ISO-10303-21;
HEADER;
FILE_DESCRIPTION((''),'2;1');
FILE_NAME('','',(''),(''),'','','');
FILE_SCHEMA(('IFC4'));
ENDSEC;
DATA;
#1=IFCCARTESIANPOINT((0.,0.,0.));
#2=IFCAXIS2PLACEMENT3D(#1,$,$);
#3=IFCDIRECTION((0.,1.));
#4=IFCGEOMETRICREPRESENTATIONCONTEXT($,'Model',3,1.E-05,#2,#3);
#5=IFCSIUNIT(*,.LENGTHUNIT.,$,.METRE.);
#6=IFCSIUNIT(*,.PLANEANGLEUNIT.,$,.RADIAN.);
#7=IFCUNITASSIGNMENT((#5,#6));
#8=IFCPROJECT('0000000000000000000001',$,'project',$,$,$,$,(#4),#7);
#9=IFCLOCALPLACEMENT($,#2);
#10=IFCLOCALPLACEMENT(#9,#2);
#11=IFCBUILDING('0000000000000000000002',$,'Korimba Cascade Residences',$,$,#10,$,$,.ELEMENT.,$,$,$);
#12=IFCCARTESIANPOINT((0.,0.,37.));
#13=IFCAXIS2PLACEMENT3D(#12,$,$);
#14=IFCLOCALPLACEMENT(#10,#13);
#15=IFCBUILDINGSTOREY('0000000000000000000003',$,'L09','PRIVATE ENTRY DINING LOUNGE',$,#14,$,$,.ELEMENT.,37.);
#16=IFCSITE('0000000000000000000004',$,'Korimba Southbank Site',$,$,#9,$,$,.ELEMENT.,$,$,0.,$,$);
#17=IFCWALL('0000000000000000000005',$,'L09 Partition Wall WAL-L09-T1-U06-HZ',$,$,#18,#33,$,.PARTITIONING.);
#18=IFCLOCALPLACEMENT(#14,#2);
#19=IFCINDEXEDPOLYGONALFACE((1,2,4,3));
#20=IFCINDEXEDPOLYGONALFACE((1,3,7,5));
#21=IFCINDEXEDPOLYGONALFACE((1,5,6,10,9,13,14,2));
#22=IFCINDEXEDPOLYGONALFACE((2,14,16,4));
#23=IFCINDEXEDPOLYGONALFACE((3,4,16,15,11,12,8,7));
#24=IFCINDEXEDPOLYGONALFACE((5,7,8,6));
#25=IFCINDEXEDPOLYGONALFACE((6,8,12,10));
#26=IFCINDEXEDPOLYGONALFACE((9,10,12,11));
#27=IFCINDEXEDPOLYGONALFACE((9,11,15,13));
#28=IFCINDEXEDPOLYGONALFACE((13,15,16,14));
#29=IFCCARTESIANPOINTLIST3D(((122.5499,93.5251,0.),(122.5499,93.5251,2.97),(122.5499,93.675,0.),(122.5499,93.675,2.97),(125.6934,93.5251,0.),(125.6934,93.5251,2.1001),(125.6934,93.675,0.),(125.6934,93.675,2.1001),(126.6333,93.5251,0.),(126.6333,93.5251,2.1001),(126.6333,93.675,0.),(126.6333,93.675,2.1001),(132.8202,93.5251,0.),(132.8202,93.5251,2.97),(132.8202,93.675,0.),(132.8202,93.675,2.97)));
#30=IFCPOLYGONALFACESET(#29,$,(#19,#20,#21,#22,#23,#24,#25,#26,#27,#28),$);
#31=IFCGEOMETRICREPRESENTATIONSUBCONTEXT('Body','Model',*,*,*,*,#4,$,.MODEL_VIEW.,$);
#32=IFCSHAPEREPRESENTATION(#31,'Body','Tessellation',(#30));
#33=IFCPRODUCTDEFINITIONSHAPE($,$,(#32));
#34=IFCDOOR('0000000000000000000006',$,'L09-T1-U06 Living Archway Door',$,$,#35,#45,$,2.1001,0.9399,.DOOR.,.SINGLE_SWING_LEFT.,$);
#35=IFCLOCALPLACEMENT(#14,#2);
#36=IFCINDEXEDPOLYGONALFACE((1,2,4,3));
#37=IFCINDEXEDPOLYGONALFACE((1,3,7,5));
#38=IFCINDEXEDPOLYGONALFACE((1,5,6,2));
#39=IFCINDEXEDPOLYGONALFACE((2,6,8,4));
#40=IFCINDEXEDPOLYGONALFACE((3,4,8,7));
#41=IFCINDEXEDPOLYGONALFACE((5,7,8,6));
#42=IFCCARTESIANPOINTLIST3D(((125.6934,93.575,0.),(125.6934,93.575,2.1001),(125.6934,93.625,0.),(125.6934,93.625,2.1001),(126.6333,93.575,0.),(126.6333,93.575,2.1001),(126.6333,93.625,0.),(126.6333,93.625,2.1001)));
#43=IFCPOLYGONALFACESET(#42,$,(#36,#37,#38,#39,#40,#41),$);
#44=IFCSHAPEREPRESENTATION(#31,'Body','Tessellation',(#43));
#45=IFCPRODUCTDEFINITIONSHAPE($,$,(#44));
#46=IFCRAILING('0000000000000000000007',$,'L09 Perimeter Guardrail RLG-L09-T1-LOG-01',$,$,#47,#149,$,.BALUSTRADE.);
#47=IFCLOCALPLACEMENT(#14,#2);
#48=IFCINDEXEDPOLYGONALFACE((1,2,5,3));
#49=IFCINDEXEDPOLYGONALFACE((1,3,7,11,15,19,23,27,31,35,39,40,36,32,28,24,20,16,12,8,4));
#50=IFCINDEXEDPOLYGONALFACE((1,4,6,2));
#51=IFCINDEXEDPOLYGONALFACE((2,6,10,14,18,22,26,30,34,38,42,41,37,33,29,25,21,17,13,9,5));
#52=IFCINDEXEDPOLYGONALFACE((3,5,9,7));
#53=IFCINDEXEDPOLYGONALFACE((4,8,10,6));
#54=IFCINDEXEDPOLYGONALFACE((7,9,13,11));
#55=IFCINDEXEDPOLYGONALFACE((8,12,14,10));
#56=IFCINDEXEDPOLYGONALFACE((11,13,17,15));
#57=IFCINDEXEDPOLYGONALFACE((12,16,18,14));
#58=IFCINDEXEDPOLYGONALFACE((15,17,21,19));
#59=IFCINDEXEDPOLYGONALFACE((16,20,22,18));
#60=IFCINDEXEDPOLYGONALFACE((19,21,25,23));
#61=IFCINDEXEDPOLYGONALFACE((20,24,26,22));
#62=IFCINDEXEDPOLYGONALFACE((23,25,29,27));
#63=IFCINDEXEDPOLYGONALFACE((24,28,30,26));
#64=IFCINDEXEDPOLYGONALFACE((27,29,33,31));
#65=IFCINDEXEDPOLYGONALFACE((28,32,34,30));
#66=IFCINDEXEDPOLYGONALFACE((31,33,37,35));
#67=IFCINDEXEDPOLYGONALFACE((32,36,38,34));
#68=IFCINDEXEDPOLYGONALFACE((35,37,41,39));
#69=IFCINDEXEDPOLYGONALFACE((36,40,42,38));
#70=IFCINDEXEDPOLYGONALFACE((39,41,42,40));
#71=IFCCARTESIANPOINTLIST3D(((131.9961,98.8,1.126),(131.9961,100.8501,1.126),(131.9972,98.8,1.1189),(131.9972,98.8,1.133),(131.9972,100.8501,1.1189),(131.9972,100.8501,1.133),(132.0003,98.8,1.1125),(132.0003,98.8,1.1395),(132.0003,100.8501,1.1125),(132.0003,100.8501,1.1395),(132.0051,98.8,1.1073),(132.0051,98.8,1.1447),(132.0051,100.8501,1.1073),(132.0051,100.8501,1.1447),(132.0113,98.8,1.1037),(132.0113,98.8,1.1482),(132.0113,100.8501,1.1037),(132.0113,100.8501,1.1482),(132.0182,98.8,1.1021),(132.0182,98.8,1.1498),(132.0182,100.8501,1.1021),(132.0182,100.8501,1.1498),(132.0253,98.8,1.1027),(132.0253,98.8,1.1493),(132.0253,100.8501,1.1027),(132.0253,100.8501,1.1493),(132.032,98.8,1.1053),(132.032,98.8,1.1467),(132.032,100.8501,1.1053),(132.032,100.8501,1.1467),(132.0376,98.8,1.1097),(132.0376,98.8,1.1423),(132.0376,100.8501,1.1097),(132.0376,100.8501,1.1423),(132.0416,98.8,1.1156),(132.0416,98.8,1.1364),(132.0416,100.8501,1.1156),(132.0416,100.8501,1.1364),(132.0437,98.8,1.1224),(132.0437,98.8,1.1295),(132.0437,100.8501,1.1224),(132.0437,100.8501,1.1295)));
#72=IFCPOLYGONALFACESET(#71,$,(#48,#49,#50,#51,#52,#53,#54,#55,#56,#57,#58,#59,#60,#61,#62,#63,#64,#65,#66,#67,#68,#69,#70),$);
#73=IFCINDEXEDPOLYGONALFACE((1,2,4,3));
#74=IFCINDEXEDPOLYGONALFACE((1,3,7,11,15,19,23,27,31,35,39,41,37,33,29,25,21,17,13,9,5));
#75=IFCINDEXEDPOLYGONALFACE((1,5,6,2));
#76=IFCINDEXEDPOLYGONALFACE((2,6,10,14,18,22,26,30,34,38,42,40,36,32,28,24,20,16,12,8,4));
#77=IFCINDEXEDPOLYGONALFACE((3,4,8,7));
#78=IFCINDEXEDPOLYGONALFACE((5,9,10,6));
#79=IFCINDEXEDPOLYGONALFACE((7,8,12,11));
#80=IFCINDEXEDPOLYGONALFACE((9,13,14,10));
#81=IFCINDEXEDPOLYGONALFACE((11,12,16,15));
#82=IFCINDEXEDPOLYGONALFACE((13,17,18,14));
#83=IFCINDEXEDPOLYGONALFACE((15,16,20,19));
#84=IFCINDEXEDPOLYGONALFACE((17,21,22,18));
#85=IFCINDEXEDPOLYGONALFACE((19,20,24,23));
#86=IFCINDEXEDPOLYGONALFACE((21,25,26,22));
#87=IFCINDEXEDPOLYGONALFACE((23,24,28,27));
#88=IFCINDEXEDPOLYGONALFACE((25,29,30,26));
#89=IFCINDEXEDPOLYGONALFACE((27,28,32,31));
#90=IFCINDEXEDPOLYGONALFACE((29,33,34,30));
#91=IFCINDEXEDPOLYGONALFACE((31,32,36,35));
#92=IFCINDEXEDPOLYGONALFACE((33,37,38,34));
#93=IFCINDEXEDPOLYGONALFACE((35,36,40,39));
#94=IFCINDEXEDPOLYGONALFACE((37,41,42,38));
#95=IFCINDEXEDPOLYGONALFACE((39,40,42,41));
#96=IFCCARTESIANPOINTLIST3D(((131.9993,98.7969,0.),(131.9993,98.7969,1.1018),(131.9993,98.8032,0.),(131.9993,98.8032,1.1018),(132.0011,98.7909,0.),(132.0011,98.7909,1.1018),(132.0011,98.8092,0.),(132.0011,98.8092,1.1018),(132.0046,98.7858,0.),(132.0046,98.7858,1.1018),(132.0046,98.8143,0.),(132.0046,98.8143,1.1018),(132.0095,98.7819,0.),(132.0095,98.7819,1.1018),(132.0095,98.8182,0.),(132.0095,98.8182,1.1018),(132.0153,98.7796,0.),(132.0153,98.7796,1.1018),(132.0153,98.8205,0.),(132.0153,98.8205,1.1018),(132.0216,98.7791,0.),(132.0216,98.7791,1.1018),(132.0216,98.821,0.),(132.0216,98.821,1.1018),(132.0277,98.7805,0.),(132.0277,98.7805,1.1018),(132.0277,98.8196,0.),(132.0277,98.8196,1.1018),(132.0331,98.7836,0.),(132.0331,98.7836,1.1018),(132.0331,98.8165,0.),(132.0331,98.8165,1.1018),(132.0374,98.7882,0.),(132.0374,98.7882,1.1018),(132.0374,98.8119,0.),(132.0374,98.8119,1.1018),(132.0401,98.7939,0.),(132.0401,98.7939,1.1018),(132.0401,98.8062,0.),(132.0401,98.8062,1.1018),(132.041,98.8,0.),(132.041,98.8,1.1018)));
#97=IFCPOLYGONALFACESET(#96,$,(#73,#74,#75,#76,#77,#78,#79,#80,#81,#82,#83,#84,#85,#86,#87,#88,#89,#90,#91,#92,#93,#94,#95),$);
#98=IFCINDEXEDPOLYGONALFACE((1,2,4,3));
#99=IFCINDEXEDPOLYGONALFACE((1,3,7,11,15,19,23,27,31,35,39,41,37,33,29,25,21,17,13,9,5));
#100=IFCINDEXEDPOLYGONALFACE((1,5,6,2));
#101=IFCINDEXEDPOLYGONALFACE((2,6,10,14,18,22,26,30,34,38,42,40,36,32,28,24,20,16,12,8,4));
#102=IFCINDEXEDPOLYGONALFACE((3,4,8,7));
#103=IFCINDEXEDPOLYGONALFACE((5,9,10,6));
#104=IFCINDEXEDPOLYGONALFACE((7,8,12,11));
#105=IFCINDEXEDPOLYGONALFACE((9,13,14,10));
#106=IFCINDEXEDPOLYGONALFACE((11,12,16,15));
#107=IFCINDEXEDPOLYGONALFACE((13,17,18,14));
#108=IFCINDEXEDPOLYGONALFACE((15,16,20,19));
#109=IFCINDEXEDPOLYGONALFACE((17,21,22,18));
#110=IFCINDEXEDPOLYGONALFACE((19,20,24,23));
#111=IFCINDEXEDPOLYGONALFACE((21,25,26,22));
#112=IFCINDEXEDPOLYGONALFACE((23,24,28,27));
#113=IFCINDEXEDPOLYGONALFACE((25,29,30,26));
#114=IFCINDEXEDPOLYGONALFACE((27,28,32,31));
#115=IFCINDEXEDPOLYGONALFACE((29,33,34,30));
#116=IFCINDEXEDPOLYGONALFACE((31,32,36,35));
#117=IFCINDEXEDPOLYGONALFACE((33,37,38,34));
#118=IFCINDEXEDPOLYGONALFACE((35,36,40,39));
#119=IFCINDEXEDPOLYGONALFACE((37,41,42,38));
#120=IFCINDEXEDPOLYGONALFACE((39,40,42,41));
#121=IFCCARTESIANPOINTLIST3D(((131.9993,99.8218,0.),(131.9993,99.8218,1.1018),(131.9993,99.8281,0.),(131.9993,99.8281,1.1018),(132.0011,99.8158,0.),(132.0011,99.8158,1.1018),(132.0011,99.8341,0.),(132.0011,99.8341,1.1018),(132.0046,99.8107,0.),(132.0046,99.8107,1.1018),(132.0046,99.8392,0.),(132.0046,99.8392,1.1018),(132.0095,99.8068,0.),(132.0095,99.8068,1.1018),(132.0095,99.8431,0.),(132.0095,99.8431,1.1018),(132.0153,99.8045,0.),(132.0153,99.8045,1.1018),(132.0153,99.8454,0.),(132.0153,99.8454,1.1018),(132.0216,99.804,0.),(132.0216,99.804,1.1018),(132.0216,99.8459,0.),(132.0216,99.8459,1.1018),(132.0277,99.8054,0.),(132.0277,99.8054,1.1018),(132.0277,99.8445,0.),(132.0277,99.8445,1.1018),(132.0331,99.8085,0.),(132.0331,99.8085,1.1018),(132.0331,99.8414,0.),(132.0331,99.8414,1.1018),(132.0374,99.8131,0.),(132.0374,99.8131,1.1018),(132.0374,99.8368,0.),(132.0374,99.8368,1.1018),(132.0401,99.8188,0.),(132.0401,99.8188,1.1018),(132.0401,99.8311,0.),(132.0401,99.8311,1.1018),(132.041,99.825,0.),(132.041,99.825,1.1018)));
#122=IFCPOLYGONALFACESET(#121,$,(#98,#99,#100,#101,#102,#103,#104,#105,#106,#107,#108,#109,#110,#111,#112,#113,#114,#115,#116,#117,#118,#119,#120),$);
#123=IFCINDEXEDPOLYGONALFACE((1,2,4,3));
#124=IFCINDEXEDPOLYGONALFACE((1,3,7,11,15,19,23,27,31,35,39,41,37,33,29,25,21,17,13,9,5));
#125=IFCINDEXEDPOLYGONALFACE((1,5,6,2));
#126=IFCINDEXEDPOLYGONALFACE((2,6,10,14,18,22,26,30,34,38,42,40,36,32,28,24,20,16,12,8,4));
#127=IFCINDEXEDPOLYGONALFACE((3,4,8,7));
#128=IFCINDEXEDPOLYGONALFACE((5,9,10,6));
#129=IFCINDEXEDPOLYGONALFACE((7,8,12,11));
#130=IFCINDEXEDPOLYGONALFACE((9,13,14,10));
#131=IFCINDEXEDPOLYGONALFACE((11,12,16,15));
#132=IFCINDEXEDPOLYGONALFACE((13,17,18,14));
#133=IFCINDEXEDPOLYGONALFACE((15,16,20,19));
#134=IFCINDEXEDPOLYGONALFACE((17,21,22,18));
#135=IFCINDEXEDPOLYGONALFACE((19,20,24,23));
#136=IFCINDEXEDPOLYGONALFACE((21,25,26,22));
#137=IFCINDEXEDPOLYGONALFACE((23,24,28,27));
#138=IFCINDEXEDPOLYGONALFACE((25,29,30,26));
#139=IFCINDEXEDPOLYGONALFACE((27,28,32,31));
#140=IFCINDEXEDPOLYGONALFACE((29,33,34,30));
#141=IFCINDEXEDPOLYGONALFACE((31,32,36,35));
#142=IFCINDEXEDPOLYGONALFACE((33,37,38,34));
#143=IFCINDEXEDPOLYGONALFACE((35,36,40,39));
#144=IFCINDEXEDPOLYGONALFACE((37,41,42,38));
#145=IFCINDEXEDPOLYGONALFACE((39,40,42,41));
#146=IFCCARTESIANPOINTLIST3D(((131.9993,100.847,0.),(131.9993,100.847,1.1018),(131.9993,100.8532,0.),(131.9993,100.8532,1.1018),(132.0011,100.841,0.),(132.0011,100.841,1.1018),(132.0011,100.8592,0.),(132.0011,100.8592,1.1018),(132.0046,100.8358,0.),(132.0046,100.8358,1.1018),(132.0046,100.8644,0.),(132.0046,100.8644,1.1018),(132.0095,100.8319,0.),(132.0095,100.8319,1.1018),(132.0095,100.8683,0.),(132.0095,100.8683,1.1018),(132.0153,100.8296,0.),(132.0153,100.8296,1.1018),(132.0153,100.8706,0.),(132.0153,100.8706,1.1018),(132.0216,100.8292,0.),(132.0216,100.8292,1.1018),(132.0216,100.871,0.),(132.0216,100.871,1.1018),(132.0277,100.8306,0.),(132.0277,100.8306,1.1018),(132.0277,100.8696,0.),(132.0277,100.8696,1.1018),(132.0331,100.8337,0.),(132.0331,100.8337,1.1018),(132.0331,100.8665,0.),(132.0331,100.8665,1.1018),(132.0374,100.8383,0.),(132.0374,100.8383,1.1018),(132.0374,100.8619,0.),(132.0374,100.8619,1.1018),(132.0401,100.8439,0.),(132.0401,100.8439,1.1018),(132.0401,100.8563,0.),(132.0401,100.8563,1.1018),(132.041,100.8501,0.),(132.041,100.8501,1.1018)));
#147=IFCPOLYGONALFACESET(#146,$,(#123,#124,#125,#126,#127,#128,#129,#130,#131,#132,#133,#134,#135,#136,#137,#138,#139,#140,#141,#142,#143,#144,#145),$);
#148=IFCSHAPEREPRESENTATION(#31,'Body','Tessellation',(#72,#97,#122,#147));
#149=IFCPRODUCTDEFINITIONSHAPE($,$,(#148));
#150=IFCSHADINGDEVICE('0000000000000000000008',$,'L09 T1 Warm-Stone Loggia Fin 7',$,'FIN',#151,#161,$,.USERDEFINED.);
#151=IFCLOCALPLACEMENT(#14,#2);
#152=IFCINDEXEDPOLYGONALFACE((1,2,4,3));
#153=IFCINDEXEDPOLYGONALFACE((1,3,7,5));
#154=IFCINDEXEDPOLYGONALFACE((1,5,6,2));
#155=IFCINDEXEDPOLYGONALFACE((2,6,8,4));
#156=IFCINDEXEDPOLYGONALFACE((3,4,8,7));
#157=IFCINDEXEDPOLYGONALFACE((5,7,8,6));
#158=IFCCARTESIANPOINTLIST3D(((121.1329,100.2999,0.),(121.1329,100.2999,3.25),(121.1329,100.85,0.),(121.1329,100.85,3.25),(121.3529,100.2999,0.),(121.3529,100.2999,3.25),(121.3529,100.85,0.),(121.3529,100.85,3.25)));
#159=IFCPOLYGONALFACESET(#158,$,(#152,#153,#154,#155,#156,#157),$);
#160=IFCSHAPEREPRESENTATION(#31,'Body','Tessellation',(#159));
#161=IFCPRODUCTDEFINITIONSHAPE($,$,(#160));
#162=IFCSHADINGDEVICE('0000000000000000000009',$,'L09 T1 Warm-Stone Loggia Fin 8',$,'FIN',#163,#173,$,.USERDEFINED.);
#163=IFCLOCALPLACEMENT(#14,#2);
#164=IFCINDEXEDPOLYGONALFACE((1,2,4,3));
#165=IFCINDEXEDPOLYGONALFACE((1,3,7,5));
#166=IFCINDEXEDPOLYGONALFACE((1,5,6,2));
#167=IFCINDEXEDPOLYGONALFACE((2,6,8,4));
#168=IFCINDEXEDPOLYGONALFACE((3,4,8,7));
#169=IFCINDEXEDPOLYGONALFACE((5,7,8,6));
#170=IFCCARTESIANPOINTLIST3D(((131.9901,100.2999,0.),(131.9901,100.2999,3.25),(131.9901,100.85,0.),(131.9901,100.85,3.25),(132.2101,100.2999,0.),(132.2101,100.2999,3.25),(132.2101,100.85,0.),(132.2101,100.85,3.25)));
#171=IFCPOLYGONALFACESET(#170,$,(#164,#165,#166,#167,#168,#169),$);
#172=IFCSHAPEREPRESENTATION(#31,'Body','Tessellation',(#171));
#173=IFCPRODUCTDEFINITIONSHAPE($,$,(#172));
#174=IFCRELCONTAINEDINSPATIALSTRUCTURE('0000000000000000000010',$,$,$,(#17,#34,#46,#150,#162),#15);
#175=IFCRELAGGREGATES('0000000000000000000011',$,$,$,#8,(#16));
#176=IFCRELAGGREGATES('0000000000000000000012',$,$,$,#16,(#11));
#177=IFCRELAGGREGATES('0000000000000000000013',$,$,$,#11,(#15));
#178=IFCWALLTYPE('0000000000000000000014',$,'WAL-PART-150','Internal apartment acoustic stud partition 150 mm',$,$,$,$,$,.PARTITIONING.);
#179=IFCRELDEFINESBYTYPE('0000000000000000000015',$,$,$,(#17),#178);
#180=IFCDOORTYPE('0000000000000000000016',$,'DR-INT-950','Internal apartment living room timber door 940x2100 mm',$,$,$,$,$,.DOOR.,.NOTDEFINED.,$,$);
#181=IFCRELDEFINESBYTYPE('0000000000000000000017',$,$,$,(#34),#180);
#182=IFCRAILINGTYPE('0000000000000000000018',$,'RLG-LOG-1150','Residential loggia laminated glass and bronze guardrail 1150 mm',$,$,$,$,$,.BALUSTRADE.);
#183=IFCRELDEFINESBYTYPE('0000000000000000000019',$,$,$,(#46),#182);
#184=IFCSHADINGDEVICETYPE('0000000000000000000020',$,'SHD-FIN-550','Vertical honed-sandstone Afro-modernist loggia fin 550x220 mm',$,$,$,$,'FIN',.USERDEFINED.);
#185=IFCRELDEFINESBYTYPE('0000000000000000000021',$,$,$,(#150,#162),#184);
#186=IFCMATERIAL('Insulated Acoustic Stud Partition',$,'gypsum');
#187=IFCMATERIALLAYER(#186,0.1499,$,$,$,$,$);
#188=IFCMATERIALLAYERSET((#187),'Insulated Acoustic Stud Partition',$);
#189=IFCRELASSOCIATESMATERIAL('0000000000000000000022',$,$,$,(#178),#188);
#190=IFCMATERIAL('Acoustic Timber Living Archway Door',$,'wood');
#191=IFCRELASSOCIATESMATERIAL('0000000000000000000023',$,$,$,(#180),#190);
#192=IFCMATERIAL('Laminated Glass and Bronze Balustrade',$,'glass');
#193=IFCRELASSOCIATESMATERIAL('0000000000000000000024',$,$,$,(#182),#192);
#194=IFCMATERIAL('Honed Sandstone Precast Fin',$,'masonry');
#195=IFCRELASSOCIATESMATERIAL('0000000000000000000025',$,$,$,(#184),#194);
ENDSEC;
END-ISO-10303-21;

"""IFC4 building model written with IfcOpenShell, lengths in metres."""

from ifc_helpers import new_model, si_unit, direction, frame, frame_2d, origin, origin_2d, place, context, subcontext, project, spatial, rectangle, circle, extrude, material, layer, layer_set, type_object, element, fill, save


model = new_model("IFC4")

# Units and contexts
model_context = context("Model", 3, precision=1e-05, world=origin(), true_north=direction((0.0, 1.0)))
body_context = subcontext(model_context, "Body", "Model", "MODEL_VIEW")
ifc_project = project(units=[si_unit("LENGTHUNIT", "METRE"), si_unit("PLANEANGLEUNIT", "RADIAN")], contexts=[model_context])

# Site, building, storey
site_placement = place(None, origin())
site = spatial("IfcSite", under=ifc_project, at=site_placement, Name="Korimba Southbank Site", CompositionType="ELEMENT", RefElevation=0.0)
building_placement = place(site_placement, origin())
building = spatial("IfcBuilding", under=site, at=building_placement, Name="Korimba Cascade Residences", CompositionType="ELEMENT")
storey_placement = place(building_placement, frame((0.0, 0.0, 37.0)))
storey = spatial("IfcBuildingStorey", under=building, at=storey_placement, Name="L09", Description="PRIVATE ENTRY DINING LOUNGE", CompositionType="ELEMENT", Elevation=37.0)

# Shared definitions
ifc_material_1 = material(Name="Insulated Acoustic Stud Partition", Category="gypsum")
ifc_layer_1 = layer(ifc_material_1, 0.1499)
ifc_layer_set_1 = layer_set([ifc_layer_1], Name="Insulated Acoustic Stud Partition")
wall_type_1 = type_object("IfcWallType", Name="WAL-PART-150", Description="Internal apartment acoustic stud partition 150 mm", PredefinedType="PARTITIONING", material=ifc_layer_set_1)

# Wall, opening, door
wall_1_placement = place(storey_placement, frame((122.5498, 93.6001, 0.0), z_axis=(0.0, 0.0, 1.0), x_axis=(1.0, 0.0, 0.0)))
wall_1 = element("IfcWall", 1, at=wall_1_placement, inside=storey, type_object=wall_type_1, Name="L09 Partition Wall WAL-L09-T1-U06-HZ", PredefinedType="PARTITIONING", context=body_context, shape_type="SweptSolid", body=[
    extrude(rectangle(XDim=10.2703, YDim=0.1499, at=frame_2d((5.1353, 0.0))), origin(), (0.0, 0.0, 1.0), 2.97),
])
opening_1_placement = place(wall_1_placement, frame((3.1436, 0.0, 0.0)))
opening_1 = element("IfcOpeningElement", 2, at=opening_1_placement, cuts=wall_1, PredefinedType="OPENING", context=body_context, shape_type="SweptSolid", body=[
    extrude(rectangle(XDim=0.9399, YDim=2.1001, at=frame_2d((0.47, 1.05))), frame((0.0, 0.085, 0.0), z_axis=(0.0, -1.0, 0.0), x_axis=(1.0, 0.0, 0.0)), (0.0, 0.0, 1.0), 0.1699),
])
ifc_material_2 = material(Name="Acoustic Timber Living Archway Door", Category="wood")
door_type_1 = type_object("IfcDoorType", Name="DR-INT-950", Description="Internal apartment living room timber door 940x2100 mm", OperationType="NOTDEFINED", PredefinedType="DOOR", material=ifc_material_2)
door_1_placement = place(opening_1_placement, origin())
door_1 = element("IfcDoor", 3, at=door_1_placement, inside=storey, type_object=door_type_1, Name="L09-T1-U06 Living Archway Door", OperationType="SINGLE_SWING_LEFT", OverallHeight=2.1001, OverallWidth=0.9399, PredefinedType="DOOR", context=body_context, shape_type="SweptSolid", body=[
    extrude(rectangle(XDim=0.9399, YDim=2.1001, at=frame_2d((0.47, 1.05))), frame((0.0, 0.0249, 0.0), z_axis=(0.0, -1.0, 0.0), x_axis=(1.0, 0.0, 0.0)), (0.0, 0.0, 1.0), 0.05),
])
fill(opening_1, door_1)

# Railing
ifc_material_3 = material(Name="Laminated Glass and Bronze Balustrade", Category="glass")
railing_type = type_object("IfcRailingType", Name="RLG-LOG-1150", Description="Residential loggia laminated glass and bronze guardrail 1150 mm", PredefinedType="BALUSTRADE", material=ifc_material_3)
railing_placement = place(storey_placement, frame((132.02, 98.8, 0.0)))
element("IfcRailing", 4, at=railing_placement, inside=storey, type_object=railing_type, Name="L09 Perimeter Guardrail RLG-L09-T1-LOG-01", PredefinedType="BALUSTRADE", context=body_context, shape_type="SweptSolid", body=[
    extrude(circle(Radius=0.0239, at=origin_2d()), frame((0.0, 0.0, 1.126), z_axis=(0.0, 1.0, 0.0), x_axis=(-1.0, 0.0, 0.0)), (0.0, 0.0, 1.0), 2.05),
    extrude(circle(Radius=0.021, at=origin_2d()), origin(), (0.0, 0.0, 1.0), 1.1018),
    extrude(circle(Radius=0.021, at=origin_2d()), frame((0.0, 1.0249, 0.0)), (0.0, 0.0, 1.0), 1.1018),
    extrude(circle(Radius=0.021, at=origin_2d()), frame((0.0, 2.05, 0.0)), (0.0, 0.0, 1.0), 1.1018),
])

# Shading devices
ifc_material_4 = material(Name="Honed Sandstone Precast Fin", Category="masonry")
shading_device_type = type_object("IfcShadingDeviceType", Name="SHD-FIN-550", Description="Vertical honed-sandstone Afro-modernist loggia fin 550x220 mm", ElementType="FIN", PredefinedType="USERDEFINED", material=ifc_material_4)
for number, where, z_axis, x_axis, name in (
    (5, (121.2429, 100.575, 0.0), (0.0, 0.0, 1.0), (1.0, 0.0, 0.0), "L09 T1 Warm-Stone Loggia Fin 7"),
    (6, (132.1001, 100.575, 0.0), (0.0, 0.0, 1.0), (1.0, 0.0, 0.0), "L09 T1 Warm-Stone Loggia Fin 8"),
):
    element("IfcShadingDevice", number, at=place(storey_placement, frame(where, z_axis=z_axis, x_axis=x_axis)), inside=storey, type_object=shading_device_type, Name=name, ObjectType="FIN", PredefinedType="USERDEFINED", context=body_context, shape_type="SweptSolid", body=[
        extrude(rectangle(XDim=0.22, YDim=0.55, at=origin_2d()), origin(), (0.0, 0.0, 1.0), 3.25),
    ])

save(model, "model.ifc")
